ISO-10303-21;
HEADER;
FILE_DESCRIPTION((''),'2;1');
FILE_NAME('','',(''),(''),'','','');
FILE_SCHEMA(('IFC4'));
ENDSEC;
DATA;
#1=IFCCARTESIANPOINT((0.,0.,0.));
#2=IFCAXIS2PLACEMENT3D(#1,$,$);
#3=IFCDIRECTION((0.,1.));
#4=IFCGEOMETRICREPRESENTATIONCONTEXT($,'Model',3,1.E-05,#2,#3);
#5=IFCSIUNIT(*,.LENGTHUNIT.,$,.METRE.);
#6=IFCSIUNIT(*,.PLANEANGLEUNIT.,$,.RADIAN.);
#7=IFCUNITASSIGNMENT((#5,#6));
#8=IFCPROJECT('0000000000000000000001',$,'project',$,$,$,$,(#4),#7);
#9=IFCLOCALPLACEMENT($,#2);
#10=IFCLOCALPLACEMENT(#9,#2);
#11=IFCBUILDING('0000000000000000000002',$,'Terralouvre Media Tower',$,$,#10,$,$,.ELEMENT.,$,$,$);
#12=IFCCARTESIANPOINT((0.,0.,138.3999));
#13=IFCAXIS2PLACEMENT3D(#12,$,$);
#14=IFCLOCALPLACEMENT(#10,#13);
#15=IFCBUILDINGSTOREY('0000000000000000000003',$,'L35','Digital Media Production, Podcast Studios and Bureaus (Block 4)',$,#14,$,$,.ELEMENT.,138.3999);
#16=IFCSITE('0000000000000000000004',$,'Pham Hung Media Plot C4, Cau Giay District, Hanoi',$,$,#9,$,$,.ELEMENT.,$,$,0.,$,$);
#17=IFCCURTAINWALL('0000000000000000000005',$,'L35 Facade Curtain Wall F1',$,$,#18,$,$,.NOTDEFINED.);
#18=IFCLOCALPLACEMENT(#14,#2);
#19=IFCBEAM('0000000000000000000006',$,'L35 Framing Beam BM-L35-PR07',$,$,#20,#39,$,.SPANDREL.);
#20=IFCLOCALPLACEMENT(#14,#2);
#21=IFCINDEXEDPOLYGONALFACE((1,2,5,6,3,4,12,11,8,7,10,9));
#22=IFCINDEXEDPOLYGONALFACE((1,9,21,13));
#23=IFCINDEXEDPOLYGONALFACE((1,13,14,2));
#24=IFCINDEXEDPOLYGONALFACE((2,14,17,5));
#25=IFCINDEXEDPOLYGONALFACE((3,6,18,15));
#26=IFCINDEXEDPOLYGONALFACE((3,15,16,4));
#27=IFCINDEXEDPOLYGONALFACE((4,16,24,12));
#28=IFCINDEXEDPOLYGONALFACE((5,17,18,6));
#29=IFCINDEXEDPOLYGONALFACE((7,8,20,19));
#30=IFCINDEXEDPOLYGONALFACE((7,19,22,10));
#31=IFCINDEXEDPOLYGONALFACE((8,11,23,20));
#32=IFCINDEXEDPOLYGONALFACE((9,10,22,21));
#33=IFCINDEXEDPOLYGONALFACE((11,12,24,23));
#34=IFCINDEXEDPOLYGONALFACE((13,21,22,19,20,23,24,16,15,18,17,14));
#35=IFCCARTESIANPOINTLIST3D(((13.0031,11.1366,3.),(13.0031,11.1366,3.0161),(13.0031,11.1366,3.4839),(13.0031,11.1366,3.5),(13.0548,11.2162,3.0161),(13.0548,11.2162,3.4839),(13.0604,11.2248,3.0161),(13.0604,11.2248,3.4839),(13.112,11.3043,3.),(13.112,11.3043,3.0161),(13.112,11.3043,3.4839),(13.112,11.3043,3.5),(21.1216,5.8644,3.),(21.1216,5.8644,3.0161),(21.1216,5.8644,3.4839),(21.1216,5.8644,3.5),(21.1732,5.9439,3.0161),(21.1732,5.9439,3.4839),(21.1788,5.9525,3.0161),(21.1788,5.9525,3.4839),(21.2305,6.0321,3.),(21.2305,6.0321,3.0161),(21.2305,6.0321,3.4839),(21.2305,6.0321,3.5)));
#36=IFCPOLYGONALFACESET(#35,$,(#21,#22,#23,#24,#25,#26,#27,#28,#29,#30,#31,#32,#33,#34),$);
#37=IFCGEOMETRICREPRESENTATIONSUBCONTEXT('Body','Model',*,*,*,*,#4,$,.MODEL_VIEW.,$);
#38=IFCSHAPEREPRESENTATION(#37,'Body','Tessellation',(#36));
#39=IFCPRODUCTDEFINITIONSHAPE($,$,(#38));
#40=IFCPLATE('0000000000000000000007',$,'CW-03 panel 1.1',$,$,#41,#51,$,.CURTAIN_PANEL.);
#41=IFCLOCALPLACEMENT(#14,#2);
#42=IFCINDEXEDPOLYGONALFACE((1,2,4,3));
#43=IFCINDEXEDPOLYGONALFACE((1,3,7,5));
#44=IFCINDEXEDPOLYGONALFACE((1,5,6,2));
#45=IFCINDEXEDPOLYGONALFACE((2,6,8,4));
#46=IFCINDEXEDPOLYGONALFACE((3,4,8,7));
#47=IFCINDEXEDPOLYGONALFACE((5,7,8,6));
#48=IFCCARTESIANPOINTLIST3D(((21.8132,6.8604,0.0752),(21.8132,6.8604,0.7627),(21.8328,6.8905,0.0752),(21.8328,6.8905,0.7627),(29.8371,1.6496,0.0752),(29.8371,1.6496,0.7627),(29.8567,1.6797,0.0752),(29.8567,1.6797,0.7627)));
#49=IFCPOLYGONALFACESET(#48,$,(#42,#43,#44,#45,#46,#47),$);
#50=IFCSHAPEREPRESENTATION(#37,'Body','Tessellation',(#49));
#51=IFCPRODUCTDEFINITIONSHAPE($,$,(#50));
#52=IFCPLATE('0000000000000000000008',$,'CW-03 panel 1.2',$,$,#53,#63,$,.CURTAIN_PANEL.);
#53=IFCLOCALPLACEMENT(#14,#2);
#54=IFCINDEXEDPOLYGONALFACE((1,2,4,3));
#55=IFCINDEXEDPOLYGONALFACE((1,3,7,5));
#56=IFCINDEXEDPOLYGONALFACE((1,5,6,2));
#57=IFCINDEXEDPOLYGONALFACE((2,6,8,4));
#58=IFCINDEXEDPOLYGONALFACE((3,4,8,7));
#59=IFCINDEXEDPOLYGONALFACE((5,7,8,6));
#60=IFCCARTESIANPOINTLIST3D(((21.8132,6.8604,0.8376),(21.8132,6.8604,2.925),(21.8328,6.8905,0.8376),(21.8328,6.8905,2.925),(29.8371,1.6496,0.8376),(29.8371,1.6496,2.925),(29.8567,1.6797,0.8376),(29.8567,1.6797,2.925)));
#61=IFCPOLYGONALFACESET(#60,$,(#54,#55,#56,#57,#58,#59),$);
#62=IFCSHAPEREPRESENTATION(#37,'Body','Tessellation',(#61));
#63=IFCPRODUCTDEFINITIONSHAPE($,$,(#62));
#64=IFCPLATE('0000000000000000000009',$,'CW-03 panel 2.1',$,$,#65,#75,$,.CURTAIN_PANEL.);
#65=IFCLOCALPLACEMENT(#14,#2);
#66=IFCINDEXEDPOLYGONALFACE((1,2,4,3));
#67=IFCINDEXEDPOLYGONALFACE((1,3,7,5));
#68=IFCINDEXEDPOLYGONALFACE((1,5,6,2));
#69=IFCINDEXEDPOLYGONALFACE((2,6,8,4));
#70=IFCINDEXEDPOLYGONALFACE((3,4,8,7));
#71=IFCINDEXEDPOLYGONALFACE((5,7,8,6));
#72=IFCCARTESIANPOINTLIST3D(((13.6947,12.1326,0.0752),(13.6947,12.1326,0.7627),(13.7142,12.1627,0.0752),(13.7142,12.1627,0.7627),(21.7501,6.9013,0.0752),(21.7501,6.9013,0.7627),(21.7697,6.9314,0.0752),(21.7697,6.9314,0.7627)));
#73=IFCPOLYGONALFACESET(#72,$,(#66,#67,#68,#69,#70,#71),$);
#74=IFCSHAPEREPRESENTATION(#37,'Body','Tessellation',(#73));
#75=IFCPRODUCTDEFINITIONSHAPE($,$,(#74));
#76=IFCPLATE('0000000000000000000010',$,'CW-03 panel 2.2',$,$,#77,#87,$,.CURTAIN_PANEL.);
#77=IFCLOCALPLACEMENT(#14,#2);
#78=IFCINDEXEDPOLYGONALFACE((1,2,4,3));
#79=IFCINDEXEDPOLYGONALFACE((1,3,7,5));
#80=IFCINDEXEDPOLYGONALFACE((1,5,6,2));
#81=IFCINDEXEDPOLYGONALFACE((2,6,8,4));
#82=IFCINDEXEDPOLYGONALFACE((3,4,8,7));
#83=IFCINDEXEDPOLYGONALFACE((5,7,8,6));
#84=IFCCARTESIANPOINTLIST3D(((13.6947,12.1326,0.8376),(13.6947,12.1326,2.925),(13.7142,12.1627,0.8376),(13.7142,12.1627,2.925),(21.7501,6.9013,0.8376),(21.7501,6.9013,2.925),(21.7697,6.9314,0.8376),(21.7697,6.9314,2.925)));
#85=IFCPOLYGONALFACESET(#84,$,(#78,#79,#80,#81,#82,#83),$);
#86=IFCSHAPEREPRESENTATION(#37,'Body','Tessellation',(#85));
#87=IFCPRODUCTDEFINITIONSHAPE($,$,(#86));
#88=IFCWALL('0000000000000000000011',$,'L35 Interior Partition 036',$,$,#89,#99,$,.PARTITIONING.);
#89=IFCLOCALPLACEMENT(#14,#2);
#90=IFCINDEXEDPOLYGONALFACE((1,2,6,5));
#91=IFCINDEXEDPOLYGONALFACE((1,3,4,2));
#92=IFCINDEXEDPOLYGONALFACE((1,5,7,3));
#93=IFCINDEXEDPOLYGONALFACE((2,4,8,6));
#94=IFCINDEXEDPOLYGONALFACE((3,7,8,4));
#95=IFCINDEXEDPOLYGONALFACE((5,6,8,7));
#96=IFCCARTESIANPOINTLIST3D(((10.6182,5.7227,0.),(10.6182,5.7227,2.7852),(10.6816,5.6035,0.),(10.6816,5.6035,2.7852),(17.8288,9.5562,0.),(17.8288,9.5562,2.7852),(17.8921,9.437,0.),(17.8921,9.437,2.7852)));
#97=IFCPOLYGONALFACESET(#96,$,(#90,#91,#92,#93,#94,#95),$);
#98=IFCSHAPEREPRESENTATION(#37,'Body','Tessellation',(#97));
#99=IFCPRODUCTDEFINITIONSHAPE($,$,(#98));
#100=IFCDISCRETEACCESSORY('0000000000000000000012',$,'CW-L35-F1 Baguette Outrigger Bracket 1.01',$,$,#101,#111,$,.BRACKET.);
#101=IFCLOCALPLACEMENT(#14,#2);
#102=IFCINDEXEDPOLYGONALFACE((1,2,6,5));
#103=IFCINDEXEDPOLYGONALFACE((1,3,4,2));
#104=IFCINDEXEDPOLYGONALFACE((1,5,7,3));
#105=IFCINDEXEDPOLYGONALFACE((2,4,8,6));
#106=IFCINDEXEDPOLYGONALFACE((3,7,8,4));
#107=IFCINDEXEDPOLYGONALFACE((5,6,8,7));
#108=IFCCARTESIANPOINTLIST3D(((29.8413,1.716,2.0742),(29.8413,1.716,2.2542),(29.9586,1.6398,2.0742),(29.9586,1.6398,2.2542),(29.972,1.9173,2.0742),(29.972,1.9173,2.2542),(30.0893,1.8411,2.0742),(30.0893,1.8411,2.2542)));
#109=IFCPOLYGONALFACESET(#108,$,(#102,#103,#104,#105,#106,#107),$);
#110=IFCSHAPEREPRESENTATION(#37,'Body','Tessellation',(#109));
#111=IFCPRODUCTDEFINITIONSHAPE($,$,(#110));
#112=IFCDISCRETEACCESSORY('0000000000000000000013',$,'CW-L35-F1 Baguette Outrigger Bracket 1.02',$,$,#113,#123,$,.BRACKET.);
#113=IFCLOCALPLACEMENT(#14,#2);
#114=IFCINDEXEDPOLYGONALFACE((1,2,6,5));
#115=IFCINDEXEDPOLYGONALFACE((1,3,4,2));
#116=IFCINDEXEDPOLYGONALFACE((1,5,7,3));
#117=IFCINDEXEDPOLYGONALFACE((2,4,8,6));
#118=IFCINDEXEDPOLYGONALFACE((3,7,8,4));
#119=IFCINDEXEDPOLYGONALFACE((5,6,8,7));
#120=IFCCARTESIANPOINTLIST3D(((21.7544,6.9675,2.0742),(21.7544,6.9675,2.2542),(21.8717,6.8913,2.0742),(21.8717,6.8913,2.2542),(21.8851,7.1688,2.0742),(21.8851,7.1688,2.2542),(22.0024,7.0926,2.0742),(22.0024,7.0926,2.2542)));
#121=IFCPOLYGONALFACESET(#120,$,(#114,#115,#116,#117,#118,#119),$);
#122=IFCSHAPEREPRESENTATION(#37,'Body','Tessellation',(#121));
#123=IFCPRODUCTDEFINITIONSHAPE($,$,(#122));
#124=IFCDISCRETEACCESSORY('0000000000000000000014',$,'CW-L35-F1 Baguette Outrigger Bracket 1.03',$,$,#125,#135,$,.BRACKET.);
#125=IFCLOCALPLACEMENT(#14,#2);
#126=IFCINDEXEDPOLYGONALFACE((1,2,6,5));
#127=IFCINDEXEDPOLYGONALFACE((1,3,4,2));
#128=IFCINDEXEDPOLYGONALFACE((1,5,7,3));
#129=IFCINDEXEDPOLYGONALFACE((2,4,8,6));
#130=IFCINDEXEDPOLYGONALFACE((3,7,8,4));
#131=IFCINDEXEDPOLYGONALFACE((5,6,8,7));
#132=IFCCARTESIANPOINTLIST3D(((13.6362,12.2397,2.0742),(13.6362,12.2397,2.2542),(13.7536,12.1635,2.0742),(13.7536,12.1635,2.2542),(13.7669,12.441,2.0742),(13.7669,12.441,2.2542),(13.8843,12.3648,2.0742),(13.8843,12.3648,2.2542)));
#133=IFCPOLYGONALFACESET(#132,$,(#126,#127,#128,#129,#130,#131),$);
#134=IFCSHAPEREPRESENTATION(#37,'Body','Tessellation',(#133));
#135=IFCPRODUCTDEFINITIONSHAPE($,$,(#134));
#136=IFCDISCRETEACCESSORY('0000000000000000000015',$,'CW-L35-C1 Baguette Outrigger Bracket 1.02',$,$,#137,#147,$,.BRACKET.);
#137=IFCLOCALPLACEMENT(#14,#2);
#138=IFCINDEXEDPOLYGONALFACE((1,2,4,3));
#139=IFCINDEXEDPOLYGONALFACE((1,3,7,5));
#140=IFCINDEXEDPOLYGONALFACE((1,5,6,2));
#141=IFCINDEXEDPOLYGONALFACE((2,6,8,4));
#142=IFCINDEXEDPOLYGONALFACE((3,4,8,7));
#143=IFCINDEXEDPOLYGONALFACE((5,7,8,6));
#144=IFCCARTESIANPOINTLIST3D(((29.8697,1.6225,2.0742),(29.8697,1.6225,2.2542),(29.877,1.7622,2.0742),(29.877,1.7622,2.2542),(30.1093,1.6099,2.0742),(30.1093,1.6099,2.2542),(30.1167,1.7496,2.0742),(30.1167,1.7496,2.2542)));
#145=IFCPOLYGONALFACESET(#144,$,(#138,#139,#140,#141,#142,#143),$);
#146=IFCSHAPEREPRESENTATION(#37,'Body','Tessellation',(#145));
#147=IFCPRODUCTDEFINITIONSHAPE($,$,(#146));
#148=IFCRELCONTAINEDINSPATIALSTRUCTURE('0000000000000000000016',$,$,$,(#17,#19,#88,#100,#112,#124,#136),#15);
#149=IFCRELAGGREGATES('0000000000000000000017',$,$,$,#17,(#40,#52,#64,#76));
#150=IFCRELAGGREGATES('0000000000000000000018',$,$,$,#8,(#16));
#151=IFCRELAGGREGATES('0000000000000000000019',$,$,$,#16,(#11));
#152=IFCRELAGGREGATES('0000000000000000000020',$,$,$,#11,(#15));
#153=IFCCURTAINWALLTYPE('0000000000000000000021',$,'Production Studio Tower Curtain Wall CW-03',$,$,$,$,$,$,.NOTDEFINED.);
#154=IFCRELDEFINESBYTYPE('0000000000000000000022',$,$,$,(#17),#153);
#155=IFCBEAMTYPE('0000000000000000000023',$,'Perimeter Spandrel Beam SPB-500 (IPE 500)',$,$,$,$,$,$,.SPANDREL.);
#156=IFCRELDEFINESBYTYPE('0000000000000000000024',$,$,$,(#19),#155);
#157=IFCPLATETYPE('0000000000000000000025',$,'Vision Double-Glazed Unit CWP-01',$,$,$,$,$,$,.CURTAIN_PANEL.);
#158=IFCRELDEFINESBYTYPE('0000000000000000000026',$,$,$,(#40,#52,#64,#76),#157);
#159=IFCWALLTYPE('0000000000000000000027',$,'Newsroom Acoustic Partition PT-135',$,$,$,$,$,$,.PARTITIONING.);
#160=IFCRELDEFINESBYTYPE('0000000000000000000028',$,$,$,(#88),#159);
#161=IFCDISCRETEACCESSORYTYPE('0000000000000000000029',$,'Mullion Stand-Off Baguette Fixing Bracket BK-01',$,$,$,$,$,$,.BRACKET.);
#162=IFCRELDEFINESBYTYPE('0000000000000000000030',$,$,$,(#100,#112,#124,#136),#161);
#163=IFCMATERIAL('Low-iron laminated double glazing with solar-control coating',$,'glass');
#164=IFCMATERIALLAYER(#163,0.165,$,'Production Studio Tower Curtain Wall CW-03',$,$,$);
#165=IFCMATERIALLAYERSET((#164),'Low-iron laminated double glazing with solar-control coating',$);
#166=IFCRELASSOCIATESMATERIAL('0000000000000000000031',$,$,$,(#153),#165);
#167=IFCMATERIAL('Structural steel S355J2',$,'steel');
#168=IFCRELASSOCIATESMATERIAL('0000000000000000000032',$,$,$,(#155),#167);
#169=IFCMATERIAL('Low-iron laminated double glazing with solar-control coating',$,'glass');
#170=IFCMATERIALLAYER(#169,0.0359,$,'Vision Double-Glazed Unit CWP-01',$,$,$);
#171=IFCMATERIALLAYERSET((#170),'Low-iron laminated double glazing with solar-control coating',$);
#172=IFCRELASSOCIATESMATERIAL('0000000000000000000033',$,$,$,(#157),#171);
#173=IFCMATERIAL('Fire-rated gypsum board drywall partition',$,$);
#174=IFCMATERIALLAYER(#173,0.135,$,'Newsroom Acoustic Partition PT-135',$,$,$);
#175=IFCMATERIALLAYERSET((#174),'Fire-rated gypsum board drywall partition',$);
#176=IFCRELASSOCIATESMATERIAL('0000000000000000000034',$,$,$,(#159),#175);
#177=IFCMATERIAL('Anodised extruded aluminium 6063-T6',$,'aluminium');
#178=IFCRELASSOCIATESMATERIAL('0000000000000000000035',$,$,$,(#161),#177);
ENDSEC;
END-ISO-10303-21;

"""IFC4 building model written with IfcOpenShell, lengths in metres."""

from ifc_helpers import new_model, si_unit, direction, frame, frame_2d, origin, origin_2d, place, context, subcontext, project, spatial, rectangle, i_section, extrude, material, layer, layer_set, material_profile, profile_set, type_object, element, aggregate, save


model = new_model("IFC4")

# Units and contexts
model_context = context("Model", 3, precision=1e-05, world=origin(), true_north=direction((0.0, 1.0)))
body_context = subcontext(model_context, "Body", "Model", "MODEL_VIEW")
ifc_project = project(units=[si_unit("LENGTHUNIT", "METRE"), si_unit("PLANEANGLEUNIT", "RADIAN")], contexts=[model_context])

# Site, building, storey
site_placement = place(None, origin())
site = spatial("IfcSite", under=ifc_project, at=site_placement, Name="Pham Hung Media Plot C4, Cau Giay District, Hanoi", CompositionType="ELEMENT", RefElevation=0.0)
building_placement = place(site_placement, origin())
building = spatial("IfcBuilding", under=site, at=building_placement, Name="Terralouvre Media Tower", CompositionType="ELEMENT")
storey_placement = place(building_placement, frame((0.0, 0.0, 138.3999)))
storey = spatial("IfcBuildingStorey", under=building, at=storey_placement, Name="L35", Description="Digital Media Production, Podcast Studios and Bureaus (Block 4)", CompositionType="ELEMENT", Elevation=138.3999)

# Curtain wall
ifc_material_1 = material(Name="Low-iron laminated double glazing with solar-control coating", Category="glass")
ifc_layer_1 = layer(ifc_material_1, 0.165, Name="Production Studio Tower Curtain Wall CW-03")
ifc_layer_set_1 = layer_set([ifc_layer_1], Name="Low-iron laminated double glazing with solar-control coating")
curtain_wall_type_1 = type_object("IfcCurtainWallType", Name="Production Studio Tower Curtain Wall CW-03", PredefinedType="NOTDEFINED", material=ifc_layer_set_1)
curtain_wall_1_placement = place(storey_placement, origin())
curtain_wall_1 = element("IfcCurtainWall", 1, at=curtain_wall_1_placement, inside=storey, type_object=curtain_wall_type_1, Name="L35 Facade Curtain Wall F1", PredefinedType="NOTDEFINED")

# Beam
ifc_material_2 = material(Name="Structural steel S355J2", Category="steel")
ifc_material_profile_1 = material_profile(ifc_material_2, i_section(OverallWidth=0.2, OverallDepth=0.5, WebThickness=0.0103, FlangeThickness=0.0161, at=origin_2d()), Name="IPE 500")
ifc_profile_set_1 = profile_set([ifc_material_profile_1], Name="Structural steel S355J2")
beam_type_1 = type_object("IfcBeamType", Name="Perimeter Spandrel Beam SPB-500 (IPE 500)", PredefinedType="SPANDREL", material=ifc_profile_set_1)
beam_1_placement = place(storey_placement, frame((21.176, 5.9482, 3.25), z_axis=(-0.838668, 0.544643, 0.0), x_axis=(-0.544643, -0.838668, 0.0)))
element("IfcBeam", 2, at=beam_1_placement, inside=storey, type_object=beam_type_1, Name="L35 Framing Beam BM-L35-PR07", PredefinedType="SPANDREL", context=body_context, shape_type="SweptSolid", body=[
    extrude(i_section(OverallWidth=0.2, OverallDepth=0.5, WebThickness=0.0103, FlangeThickness=0.0161, at=origin_2d()), origin(), (0.0, 0.0, 1.0), 9.6802),
])

# Plates
ifc_material_3 = material(Name="Low-iron laminated double glazing with solar-control coating", Category="glass")
ifc_layer_2 = layer(ifc_material_3, 0.0359, Name="Vision Double-Glazed Unit CWP-01")
ifc_layer_set_2 = layer_set([ifc_layer_2], Name="Low-iron laminated double glazing with solar-control coating")
plate_type = type_object("IfcPlateType", Name="Vision Double-Glazed Unit CWP-01", PredefinedType="CURTAIN_PANEL", material=ifc_layer_set_2)
plate_1_placement = place(storey_placement, frame((25.835, 4.27, 0.0752), z_axis=(0.0, 0.0, 1.0), x_axis=(-0.838671, 0.544639, 0.0)))
plate_1 = element("IfcPlate", 3, at=plate_1_placement, type_object=plate_type, Name="CW-03 panel 1.1", PredefinedType="CURTAIN_PANEL", context=body_context, shape_type="SweptSolid", body=[
    extrude(rectangle(XDim=9.5674, YDim=0.0359, at=origin_2d()), origin(), (0.0, 0.0, 1.0), 0.6875),
])
plate_2_placement = place(storey_placement, frame((25.835, 4.27, 0.8376), z_axis=(0.0, 0.0, 1.0), x_axis=(-0.838671, 0.544639, 0.0)))
plate_2 = element("IfcPlate", 4, at=plate_2_placement, type_object=plate_type, Name="CW-03 panel 1.2", PredefinedType="CURTAIN_PANEL", context=body_context, shape_type="SweptSolid", body=[
    extrude(rectangle(XDim=9.5674, YDim=0.0359, at=origin_2d()), origin(), (0.0, 0.0, 1.0), 2.0874),
])
plate_3_placement = place(storey_placement, frame((17.7322, 9.532, 0.0752), z_axis=(0.0, 0.0, 1.0), x_axis=(-0.838671, 0.544639, 0.0)))
plate_3 = element("IfcPlate", 5, at=plate_3_placement, type_object=plate_type, Name="CW-03 panel 2.1", PredefinedType="CURTAIN_PANEL", context=body_context, shape_type="SweptSolid", body=[
    extrude(rectangle(XDim=9.605, YDim=0.0359, at=origin_2d()), origin(), (0.0, 0.0, 1.0), 0.6875),
])
plate_4_placement = place(storey_placement, frame((17.7322, 9.532, 0.8376), z_axis=(0.0, 0.0, 1.0), x_axis=(-0.838671, 0.544639, 0.0)))
plate_4 = element("IfcPlate", 6, at=plate_4_placement, type_object=plate_type, Name="CW-03 panel 2.2", PredefinedType="CURTAIN_PANEL", context=body_context, shape_type="SweptSolid", body=[
    extrude(rectangle(XDim=9.605, YDim=0.0359, at=origin_2d()), origin(), (0.0, 0.0, 1.0), 2.0874),
])
aggregate(curtain_wall_1, [plate_1, plate_2, plate_3, plate_4])

# Wall
ifc_material_4 = material(Name="Fire-rated gypsum board drywall partition")
ifc_layer_3 = layer(ifc_material_4, 0.135, Name="Newsroom Acoustic Partition PT-135")
ifc_layer_set_3 = layer_set([ifc_layer_3], Name="Fire-rated gypsum board drywall partition")
wall_type = type_object("IfcWallType", Name="Newsroom Acoustic Partition PT-135", PredefinedType="PARTITIONING", material=ifc_layer_set_3)
wall_placement = place(storey_placement, frame((17.8604, 9.4966, 0.0), z_axis=(0.0, 0.0, 1.0), x_axis=(-0.882966, -0.469436, 0.0)))
element("IfcWall", 7, at=wall_placement, inside=storey, type_object=wall_type, Name="L35 Interior Partition 036", PredefinedType="PARTITIONING", context=body_context, shape_type="SweptSolid", body=[
    extrude(rectangle(XDim=8.1663, YDim=0.135, at=frame_2d((4.083, 0.0))), origin(), (0.0, 0.0, 1.0), 2.7852),
])

# Discrete accessories
ifc_material_5 = material(Name="Anodised extruded aluminium 6063-T6", Category="aluminium")
discrete_accessory_type = type_object("IfcDiscreteAccessoryType", Name="Mullion Stand-Off Baguette Fixing Bracket BK-01", PredefinedType="BRACKET", material=ifc_material_5)
for number, where, z_axis, x_axis, name in (
    (8, (29.9653, 1.7786, 2.0742), (0.0, 0.0, 1.0), (-0.838671, 0.544639, 0.0), "CW-L35-F1 Baguette Outrigger Bracket 1.01"),
    (9, (21.8784, 7.03, 2.0742), (0.0, 0.0, 1.0), (-0.838671, 0.544639, 0.0), "CW-L35-F1 Baguette Outrigger Bracket 1.02"),
    (10, (13.7603, 12.3022, 2.0742), (0.0, 0.0, 1.0), (-0.838671, 0.544639, 0.0), "CW-L35-F1 Baguette Outrigger Bracket 1.03"),
    (11, (29.9932, 1.686, 2.0742), (0.0, 0.0, 1.0), (0.052337, 0.998629, 0.0), "CW-L35-C1 Baguette Outrigger Bracket 1.02"),
):
    element("IfcDiscreteAccessory", number, at=place(storey_placement, frame(where, z_axis=z_axis, x_axis=x_axis)), inside=storey, type_object=discrete_accessory_type, Name=name, PredefinedType="BRACKET", context=body_context, shape_type="SweptSolid", body=[
        extrude(rectangle(XDim=0.1399, YDim=0.24, at=origin_2d()), origin(), (0.0, 0.0, 1.0), 0.1799),
    ])

save(model, "model.ifc")
